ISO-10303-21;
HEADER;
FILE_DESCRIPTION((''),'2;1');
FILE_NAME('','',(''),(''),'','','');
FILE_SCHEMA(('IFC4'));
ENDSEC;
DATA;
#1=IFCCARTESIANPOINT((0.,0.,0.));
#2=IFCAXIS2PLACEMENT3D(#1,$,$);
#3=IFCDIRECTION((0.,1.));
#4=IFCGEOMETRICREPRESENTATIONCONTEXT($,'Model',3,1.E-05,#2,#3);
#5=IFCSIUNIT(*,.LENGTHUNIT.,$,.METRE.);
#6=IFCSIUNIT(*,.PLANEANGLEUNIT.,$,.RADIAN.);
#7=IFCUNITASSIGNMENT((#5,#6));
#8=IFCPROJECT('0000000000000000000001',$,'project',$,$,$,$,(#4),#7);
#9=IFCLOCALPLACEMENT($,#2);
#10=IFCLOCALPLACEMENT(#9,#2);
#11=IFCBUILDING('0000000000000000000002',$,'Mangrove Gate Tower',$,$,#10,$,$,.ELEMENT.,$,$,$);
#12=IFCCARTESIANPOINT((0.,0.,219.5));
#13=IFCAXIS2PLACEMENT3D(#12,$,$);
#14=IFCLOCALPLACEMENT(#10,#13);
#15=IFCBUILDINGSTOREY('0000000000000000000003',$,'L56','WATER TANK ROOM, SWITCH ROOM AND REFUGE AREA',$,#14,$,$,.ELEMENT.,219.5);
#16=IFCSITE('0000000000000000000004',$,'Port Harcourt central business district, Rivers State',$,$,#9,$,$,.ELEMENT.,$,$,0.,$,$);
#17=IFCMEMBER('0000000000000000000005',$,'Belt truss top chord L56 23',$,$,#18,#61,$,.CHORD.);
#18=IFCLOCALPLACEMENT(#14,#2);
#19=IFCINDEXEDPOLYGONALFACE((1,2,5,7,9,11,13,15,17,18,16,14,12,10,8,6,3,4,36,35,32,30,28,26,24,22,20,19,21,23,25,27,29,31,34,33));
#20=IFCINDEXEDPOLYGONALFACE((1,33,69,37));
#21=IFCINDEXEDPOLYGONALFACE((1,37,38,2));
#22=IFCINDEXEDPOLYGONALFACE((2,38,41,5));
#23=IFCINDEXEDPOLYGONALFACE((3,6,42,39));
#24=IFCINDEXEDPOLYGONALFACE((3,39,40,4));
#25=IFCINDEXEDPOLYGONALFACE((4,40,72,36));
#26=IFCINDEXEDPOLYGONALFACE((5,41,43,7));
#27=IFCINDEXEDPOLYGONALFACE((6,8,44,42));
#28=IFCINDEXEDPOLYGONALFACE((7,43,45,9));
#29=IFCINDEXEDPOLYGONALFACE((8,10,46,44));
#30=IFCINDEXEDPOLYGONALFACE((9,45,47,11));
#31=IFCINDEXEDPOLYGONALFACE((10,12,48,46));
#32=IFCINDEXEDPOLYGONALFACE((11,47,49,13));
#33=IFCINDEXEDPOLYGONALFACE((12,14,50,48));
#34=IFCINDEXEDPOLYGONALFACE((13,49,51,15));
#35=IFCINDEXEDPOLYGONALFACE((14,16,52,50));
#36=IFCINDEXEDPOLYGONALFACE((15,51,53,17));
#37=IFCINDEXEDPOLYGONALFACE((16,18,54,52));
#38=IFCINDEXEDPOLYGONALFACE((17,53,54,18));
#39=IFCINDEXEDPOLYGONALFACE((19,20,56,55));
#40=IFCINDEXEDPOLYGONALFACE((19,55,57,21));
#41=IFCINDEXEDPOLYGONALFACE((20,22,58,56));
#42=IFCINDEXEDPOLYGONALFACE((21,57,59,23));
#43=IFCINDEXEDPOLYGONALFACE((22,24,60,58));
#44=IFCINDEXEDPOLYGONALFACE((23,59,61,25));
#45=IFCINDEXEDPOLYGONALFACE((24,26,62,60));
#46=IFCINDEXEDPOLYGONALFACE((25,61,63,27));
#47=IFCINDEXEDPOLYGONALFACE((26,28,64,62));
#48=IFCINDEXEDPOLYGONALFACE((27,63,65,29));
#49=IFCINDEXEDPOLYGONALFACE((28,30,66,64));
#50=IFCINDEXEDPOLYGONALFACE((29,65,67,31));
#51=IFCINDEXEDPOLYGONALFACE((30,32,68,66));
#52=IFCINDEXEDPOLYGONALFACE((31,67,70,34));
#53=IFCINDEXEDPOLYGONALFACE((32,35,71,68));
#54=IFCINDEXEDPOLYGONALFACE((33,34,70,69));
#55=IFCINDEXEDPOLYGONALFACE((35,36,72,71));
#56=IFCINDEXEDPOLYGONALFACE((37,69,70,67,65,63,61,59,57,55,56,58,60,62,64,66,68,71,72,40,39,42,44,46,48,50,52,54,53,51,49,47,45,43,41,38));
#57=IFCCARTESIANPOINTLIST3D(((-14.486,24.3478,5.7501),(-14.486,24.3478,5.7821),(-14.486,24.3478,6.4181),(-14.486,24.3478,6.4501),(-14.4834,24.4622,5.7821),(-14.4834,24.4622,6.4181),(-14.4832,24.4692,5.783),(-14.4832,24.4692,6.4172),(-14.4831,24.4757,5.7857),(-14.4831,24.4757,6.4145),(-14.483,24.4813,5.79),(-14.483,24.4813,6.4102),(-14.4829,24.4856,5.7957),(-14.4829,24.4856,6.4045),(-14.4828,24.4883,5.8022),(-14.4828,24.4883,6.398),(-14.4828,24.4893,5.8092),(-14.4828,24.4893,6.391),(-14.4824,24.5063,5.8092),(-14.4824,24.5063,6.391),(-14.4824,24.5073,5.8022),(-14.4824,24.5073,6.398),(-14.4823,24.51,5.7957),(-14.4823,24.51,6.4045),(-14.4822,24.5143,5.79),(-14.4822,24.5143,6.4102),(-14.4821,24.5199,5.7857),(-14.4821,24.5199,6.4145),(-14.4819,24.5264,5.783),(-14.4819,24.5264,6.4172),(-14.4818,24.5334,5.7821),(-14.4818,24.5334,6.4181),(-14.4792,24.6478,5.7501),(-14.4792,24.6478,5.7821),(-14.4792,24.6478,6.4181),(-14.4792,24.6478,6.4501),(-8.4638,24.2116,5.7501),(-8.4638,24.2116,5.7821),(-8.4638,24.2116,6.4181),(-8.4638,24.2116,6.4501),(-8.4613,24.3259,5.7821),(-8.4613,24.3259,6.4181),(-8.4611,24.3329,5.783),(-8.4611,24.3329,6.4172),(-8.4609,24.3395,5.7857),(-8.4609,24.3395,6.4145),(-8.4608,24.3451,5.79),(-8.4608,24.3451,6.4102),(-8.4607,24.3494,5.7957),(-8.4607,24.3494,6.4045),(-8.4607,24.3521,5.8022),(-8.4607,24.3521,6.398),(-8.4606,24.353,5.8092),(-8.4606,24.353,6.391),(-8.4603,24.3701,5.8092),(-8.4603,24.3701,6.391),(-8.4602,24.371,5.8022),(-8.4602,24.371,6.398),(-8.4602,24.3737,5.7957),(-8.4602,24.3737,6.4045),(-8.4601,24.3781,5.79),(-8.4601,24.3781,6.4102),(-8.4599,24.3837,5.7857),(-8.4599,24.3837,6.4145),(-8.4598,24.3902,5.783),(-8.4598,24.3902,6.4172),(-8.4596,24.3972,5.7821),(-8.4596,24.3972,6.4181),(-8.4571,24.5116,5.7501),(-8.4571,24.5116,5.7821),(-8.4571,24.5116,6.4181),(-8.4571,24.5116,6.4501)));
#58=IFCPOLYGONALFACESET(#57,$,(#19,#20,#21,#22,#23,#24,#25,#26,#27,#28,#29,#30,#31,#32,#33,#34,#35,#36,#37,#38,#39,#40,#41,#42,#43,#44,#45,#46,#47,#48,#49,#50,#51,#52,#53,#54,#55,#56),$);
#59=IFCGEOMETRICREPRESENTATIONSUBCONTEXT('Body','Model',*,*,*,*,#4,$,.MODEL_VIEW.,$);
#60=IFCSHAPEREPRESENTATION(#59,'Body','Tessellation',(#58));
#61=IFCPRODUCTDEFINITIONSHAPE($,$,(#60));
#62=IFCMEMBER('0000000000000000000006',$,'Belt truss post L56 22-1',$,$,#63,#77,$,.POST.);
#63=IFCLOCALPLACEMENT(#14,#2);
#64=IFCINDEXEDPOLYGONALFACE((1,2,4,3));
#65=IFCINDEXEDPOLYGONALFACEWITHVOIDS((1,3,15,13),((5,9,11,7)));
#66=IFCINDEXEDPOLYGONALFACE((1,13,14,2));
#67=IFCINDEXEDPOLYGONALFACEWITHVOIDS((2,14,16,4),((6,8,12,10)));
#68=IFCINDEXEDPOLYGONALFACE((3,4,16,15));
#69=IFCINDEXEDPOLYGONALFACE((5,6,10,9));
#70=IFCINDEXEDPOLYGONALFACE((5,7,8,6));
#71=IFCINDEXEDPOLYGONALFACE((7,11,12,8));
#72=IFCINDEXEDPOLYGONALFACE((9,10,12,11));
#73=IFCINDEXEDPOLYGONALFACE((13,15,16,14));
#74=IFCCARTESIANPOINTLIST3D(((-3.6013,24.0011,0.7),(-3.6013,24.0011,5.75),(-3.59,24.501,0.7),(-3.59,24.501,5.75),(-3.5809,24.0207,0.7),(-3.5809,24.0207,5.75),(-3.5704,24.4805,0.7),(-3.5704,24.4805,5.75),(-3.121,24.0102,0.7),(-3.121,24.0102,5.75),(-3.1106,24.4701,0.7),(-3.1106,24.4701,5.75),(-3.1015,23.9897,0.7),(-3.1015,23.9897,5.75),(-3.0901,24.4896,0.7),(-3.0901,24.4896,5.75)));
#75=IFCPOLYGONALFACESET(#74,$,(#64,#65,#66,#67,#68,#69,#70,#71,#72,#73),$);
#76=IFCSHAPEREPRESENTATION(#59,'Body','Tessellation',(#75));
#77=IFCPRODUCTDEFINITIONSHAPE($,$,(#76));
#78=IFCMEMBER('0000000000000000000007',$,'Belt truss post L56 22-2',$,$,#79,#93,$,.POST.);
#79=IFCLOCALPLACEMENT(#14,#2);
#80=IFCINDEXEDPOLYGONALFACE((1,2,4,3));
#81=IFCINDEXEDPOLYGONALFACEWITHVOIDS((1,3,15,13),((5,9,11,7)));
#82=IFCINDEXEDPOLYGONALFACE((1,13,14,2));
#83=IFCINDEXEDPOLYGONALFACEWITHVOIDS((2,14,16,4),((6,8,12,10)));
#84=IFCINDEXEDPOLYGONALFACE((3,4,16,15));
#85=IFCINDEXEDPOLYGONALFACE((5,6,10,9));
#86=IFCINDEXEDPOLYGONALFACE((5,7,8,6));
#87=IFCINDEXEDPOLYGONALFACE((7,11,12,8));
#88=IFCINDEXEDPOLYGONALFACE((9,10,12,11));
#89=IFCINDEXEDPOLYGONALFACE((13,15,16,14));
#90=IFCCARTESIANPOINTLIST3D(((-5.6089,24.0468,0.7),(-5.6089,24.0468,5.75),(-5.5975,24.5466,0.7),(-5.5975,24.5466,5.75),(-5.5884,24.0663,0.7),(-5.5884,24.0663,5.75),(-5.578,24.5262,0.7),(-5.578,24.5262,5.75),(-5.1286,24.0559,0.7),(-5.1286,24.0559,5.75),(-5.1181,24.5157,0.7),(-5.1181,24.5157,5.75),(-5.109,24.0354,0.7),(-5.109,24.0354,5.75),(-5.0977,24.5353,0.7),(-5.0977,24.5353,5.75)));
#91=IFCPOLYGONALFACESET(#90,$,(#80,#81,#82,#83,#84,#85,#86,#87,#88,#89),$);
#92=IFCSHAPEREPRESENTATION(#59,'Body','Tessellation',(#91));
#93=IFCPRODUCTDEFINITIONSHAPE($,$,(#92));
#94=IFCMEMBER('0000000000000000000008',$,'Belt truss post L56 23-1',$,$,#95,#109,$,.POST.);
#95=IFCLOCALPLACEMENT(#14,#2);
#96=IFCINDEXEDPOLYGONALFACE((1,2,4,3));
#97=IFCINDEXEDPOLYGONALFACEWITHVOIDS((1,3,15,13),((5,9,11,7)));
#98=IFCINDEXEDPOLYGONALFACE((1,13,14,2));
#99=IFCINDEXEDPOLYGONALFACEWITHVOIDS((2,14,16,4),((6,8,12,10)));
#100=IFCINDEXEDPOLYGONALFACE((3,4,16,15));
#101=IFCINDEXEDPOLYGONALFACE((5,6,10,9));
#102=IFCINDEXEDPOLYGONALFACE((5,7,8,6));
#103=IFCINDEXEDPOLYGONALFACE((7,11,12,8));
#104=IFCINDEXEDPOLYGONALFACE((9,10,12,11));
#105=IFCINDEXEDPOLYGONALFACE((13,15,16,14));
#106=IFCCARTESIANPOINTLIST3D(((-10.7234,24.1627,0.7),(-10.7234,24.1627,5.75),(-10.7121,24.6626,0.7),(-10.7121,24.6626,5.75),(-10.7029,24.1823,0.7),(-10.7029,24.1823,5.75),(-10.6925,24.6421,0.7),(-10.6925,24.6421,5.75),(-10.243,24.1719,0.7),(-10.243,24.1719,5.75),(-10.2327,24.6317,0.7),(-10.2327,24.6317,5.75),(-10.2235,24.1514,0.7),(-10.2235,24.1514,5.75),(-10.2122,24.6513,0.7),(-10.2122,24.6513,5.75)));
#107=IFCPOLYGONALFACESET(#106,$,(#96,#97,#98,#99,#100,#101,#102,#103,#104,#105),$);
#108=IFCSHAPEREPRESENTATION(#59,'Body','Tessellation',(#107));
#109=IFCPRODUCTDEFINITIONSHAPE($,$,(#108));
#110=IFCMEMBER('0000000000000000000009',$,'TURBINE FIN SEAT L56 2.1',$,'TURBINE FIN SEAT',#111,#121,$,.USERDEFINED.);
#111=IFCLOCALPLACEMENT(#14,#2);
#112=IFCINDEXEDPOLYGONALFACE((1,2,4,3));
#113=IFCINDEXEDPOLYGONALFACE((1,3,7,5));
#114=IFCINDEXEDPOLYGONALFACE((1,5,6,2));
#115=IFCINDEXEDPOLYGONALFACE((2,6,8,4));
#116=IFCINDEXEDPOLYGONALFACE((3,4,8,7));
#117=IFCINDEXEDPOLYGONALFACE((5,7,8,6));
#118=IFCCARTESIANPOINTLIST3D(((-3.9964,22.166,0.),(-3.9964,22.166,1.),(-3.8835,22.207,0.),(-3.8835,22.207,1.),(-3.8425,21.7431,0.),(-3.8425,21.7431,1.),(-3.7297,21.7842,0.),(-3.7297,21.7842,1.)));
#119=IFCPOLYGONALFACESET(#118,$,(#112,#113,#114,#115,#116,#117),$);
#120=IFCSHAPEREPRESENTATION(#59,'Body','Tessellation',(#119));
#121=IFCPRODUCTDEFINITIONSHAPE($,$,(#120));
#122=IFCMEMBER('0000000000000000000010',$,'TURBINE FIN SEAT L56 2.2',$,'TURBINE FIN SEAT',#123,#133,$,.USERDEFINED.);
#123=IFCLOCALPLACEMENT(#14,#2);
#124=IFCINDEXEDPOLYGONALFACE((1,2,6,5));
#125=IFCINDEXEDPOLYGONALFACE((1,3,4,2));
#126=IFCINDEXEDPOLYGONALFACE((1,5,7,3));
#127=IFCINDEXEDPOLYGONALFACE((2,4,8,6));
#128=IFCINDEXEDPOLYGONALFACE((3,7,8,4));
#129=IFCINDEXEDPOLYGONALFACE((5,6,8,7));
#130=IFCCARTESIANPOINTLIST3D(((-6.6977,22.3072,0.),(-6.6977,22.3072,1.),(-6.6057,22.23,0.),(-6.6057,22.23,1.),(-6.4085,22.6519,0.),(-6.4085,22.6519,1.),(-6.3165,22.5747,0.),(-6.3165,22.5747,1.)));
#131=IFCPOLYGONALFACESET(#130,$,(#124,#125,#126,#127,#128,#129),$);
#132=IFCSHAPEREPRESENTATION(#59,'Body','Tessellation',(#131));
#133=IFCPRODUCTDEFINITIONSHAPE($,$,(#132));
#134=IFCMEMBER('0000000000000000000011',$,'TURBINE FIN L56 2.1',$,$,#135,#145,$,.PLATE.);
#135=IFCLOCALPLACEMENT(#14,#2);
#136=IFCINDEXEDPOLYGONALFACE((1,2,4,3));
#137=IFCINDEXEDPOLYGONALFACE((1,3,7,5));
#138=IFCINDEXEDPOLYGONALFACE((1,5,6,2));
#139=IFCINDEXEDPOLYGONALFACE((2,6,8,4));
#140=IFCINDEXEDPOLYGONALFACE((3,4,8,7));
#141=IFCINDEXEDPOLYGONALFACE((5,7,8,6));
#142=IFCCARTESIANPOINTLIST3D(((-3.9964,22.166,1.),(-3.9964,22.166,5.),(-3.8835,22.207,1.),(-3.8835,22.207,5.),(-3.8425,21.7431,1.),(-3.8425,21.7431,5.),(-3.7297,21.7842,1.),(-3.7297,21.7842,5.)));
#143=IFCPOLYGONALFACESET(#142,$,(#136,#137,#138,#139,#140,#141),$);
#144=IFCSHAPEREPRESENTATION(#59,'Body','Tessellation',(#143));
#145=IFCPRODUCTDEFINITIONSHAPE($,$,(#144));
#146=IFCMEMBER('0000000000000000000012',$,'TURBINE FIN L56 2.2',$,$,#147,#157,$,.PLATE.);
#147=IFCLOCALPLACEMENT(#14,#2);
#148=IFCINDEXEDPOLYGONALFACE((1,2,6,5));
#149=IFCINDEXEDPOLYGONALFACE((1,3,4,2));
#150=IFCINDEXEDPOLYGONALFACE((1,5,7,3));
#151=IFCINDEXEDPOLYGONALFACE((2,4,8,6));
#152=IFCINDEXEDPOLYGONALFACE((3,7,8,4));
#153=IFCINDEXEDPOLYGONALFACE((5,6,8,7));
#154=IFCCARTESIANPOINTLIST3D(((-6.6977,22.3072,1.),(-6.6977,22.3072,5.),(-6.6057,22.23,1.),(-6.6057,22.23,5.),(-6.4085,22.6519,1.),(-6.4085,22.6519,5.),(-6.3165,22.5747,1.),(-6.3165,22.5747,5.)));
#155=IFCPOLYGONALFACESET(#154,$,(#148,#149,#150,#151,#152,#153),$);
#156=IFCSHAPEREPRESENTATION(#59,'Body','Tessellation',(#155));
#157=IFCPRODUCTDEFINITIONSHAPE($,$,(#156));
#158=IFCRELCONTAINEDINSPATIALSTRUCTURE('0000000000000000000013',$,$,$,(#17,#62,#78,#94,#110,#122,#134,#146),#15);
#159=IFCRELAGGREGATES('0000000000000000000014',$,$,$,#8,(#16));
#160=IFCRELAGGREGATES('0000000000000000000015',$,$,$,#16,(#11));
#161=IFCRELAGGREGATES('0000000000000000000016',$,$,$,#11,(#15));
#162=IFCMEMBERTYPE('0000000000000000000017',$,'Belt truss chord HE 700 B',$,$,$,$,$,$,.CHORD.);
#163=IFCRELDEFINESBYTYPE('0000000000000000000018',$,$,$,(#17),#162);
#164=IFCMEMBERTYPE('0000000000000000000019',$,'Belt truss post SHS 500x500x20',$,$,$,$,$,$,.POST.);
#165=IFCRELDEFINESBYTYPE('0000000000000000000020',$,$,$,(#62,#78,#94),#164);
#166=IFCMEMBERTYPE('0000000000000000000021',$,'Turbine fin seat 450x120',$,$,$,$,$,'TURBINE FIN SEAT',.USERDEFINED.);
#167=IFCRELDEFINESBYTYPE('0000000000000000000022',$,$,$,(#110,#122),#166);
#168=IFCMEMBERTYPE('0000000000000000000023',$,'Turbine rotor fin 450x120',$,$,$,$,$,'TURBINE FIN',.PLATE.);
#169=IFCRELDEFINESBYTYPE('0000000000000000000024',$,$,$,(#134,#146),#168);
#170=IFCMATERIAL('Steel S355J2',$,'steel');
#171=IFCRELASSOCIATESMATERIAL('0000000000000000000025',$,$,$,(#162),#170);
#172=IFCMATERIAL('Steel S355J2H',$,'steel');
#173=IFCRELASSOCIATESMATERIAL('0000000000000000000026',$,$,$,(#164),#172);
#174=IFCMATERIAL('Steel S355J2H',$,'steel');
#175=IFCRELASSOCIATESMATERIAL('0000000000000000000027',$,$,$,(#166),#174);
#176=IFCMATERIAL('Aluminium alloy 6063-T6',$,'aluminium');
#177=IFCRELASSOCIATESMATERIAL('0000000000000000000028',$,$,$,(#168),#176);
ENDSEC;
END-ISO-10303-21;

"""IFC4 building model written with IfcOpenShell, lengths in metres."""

from ifc_helpers import new_model, si_unit, direction, frame, origin, origin_2d, place, context, subcontext, project, spatial, rectangle, hollow_rectangle, i_section, extrude, material, material_profile, profile_set, type_object, element, save


model = new_model("IFC4")

# Units and contexts
model_context = context("Model", 3, precision=1e-05, world=origin(), true_north=direction((0.0, 1.0)))
body_context = subcontext(model_context, "Body", "Model", "MODEL_VIEW")
ifc_project = project(units=[si_unit("LENGTHUNIT", "METRE"), si_unit("PLANEANGLEUNIT", "RADIAN")], contexts=[model_context])

# Site, building, storey
site_placement = place(None, origin())
site = spatial("IfcSite", under=ifc_project, at=site_placement, Name="Port Harcourt central business district, Rivers State", CompositionType="ELEMENT", RefElevation=0.0)
building_placement = place(site_placement, origin())
building = spatial("IfcBuilding", under=site, at=building_placement, Name="Mangrove Gate Tower", CompositionType="ELEMENT")
storey_placement = place(building_placement, frame((0.0, 0.0, 219.5)))
storey = spatial("IfcBuildingStorey", under=building, at=storey_placement, Name="L56", Description="WATER TANK ROOM, SWITCH ROOM AND REFUGE AREA", CompositionType="ELEMENT", Elevation=219.5)

# Members
ifc_material_1 = material(Name="Steel S355J2", Category="steel")
ifc_material_profile_1 = material_profile(ifc_material_1, i_section(OverallWidth=0.3, OverallDepth=0.7, WebThickness=0.0171, FlangeThickness=0.032, FilletRadius=0.0271, at=origin_2d()))
ifc_profile_set_1 = profile_set([ifc_material_profile_1], Name="Steel S355J2")
member_type_1 = type_object("IfcMemberType", Name="Belt truss chord HE 700 B", PredefinedType="CHORD", material=ifc_profile_set_1)
for number, where, z_axis, x_axis, name in (
    (1, (-8.4604, 24.3616, 6.1001), (-0.999744, 0.022616, 0.0), (-0.022616, -0.999744, 0.0), "Belt truss top chord L56 23"),
):
    element("IfcMember", number, at=place(storey_placement, frame(where, z_axis=z_axis, x_axis=x_axis)), inside=storey, type_object=member_type_1, Name=name, PredefinedType="CHORD", context=body_context, shape_type="SweptSolid", body=[
        extrude(i_section(OverallWidth=0.3, OverallDepth=0.7, WebThickness=0.0171, FlangeThickness=0.032, FilletRadius=0.0271, at=origin_2d()), origin(), (0.0, 0.0, 1.0), 6.0237),
    ])
ifc_material_2 = material(Name="Steel S355J2H", Category="steel")
ifc_material_profile_2 = material_profile(ifc_material_2, hollow_rectangle(XDim=0.5, YDim=0.5, WallThickness=0.02, at=origin_2d()))
ifc_profile_set_2 = profile_set([ifc_material_profile_2], Name="Steel S355J2H")
member_type_2 = type_object("IfcMemberType", Name="Belt truss post SHS 500x500x20", PredefinedType="POST", material=ifc_profile_set_2)
for number, where, z_axis, x_axis, name in (
    (2, (-3.3457, 24.2454, 0.7), (0.0, 0.0, 1.0), (-0.999741, 0.022741, 0.0), "Belt truss post L56 22-1"),
    (3, (-5.3533, 24.291, 0.7), (0.0, 0.0, 1.0), (-0.999741, 0.022741, 0.0), "Belt truss post L56 22-2"),
    (4, (-10.4678, 24.407, 0.7), (0.0, 0.0, 1.0), (-0.999745, 0.0226, 0.0), "Belt truss post L56 23-1"),
):
    element("IfcMember", number, at=place(storey_placement, frame(where, z_axis=z_axis, x_axis=x_axis)), inside=storey, type_object=member_type_2, Name=name, PredefinedType="POST", context=body_context, shape_type="SweptSolid", body=[
        extrude(hollow_rectangle(XDim=0.5, YDim=0.5, WallThickness=0.02, at=origin_2d()), origin(), (0.0, 0.0, 1.0), 5.05),
    ])
ifc_material_3 = material(Name="Steel S355J2H", Category="steel")
ifc_material_profile_3 = material_profile(ifc_material_3, rectangle(XDim=0.45, YDim=0.1201, at=origin_2d()))
ifc_profile_set_3 = profile_set([ifc_material_profile_3], Name="Steel S355J2H")
member_type_3 = type_object("IfcMemberType", Name="Turbine fin seat 450x120", ElementType="TURBINE FIN SEAT", PredefinedType="USERDEFINED", material=ifc_profile_set_3)
for number, where, z_axis, x_axis, name in (
    (5, (-3.863, 21.9751, 0.0), (0.0, 0.0, 1.0), (-0.34202, 0.939693, 0.0), "TURBINE FIN SEAT L56 2.1"),
    (6, (-6.5071, 22.4409, 0.0), (0.0, 0.0, 1.0), (-0.642788, -0.766044, 0.0), "TURBINE FIN SEAT L56 2.2"),
):
    element("IfcMember", number, at=place(storey_placement, frame(where, z_axis=z_axis, x_axis=x_axis)), inside=storey, type_object=member_type_3, Name=name, ObjectType="TURBINE FIN SEAT", PredefinedType="USERDEFINED", context=body_context, shape_type="SweptSolid", body=[
        extrude(rectangle(XDim=0.45, YDim=0.1201, at=origin_2d()), origin(), (0.0, 0.0, 1.0), 1.0),
    ])
ifc_material_4 = material(Name="Aluminium alloy 6063-T6", Category="aluminium")
ifc_material_profile_4 = material_profile(ifc_material_4, rectangle(XDim=0.45, YDim=0.1201, at=origin_2d()))
ifc_profile_set_4 = profile_set([ifc_material_profile_4], Name="Aluminium alloy 6063-T6")
member_type_4 = type_object("IfcMemberType", Name="Turbine rotor fin 450x120", ElementType="TURBINE FIN", PredefinedType="PLATE", material=ifc_profile_set_4)
for number, where, z_axis, x_axis, name in (
    (7, (-3.863, 21.9751, 1.0), (0.0, 0.0, 1.0), (-0.34202, 0.939693, 0.0), "TURBINE FIN L56 2.1"),
    (8, (-6.5071, 22.4409, 1.0), (0.0, 0.0, 1.0), (-0.642788, -0.766044, 0.0), "TURBINE FIN L56 2.2"),
):
    element("IfcMember", number, at=place(storey_placement, frame(where, z_axis=z_axis, x_axis=x_axis)), inside=storey, type_object=member_type_4, Name=name, PredefinedType="PLATE", context=body_context, shape_type="SweptSolid", body=[
        extrude(rectangle(XDim=0.45, YDim=0.1201, at=origin_2d()), origin(), (0.0, 0.0, 1.0), 4.0),
    ])

save(model, "model.ifc")
